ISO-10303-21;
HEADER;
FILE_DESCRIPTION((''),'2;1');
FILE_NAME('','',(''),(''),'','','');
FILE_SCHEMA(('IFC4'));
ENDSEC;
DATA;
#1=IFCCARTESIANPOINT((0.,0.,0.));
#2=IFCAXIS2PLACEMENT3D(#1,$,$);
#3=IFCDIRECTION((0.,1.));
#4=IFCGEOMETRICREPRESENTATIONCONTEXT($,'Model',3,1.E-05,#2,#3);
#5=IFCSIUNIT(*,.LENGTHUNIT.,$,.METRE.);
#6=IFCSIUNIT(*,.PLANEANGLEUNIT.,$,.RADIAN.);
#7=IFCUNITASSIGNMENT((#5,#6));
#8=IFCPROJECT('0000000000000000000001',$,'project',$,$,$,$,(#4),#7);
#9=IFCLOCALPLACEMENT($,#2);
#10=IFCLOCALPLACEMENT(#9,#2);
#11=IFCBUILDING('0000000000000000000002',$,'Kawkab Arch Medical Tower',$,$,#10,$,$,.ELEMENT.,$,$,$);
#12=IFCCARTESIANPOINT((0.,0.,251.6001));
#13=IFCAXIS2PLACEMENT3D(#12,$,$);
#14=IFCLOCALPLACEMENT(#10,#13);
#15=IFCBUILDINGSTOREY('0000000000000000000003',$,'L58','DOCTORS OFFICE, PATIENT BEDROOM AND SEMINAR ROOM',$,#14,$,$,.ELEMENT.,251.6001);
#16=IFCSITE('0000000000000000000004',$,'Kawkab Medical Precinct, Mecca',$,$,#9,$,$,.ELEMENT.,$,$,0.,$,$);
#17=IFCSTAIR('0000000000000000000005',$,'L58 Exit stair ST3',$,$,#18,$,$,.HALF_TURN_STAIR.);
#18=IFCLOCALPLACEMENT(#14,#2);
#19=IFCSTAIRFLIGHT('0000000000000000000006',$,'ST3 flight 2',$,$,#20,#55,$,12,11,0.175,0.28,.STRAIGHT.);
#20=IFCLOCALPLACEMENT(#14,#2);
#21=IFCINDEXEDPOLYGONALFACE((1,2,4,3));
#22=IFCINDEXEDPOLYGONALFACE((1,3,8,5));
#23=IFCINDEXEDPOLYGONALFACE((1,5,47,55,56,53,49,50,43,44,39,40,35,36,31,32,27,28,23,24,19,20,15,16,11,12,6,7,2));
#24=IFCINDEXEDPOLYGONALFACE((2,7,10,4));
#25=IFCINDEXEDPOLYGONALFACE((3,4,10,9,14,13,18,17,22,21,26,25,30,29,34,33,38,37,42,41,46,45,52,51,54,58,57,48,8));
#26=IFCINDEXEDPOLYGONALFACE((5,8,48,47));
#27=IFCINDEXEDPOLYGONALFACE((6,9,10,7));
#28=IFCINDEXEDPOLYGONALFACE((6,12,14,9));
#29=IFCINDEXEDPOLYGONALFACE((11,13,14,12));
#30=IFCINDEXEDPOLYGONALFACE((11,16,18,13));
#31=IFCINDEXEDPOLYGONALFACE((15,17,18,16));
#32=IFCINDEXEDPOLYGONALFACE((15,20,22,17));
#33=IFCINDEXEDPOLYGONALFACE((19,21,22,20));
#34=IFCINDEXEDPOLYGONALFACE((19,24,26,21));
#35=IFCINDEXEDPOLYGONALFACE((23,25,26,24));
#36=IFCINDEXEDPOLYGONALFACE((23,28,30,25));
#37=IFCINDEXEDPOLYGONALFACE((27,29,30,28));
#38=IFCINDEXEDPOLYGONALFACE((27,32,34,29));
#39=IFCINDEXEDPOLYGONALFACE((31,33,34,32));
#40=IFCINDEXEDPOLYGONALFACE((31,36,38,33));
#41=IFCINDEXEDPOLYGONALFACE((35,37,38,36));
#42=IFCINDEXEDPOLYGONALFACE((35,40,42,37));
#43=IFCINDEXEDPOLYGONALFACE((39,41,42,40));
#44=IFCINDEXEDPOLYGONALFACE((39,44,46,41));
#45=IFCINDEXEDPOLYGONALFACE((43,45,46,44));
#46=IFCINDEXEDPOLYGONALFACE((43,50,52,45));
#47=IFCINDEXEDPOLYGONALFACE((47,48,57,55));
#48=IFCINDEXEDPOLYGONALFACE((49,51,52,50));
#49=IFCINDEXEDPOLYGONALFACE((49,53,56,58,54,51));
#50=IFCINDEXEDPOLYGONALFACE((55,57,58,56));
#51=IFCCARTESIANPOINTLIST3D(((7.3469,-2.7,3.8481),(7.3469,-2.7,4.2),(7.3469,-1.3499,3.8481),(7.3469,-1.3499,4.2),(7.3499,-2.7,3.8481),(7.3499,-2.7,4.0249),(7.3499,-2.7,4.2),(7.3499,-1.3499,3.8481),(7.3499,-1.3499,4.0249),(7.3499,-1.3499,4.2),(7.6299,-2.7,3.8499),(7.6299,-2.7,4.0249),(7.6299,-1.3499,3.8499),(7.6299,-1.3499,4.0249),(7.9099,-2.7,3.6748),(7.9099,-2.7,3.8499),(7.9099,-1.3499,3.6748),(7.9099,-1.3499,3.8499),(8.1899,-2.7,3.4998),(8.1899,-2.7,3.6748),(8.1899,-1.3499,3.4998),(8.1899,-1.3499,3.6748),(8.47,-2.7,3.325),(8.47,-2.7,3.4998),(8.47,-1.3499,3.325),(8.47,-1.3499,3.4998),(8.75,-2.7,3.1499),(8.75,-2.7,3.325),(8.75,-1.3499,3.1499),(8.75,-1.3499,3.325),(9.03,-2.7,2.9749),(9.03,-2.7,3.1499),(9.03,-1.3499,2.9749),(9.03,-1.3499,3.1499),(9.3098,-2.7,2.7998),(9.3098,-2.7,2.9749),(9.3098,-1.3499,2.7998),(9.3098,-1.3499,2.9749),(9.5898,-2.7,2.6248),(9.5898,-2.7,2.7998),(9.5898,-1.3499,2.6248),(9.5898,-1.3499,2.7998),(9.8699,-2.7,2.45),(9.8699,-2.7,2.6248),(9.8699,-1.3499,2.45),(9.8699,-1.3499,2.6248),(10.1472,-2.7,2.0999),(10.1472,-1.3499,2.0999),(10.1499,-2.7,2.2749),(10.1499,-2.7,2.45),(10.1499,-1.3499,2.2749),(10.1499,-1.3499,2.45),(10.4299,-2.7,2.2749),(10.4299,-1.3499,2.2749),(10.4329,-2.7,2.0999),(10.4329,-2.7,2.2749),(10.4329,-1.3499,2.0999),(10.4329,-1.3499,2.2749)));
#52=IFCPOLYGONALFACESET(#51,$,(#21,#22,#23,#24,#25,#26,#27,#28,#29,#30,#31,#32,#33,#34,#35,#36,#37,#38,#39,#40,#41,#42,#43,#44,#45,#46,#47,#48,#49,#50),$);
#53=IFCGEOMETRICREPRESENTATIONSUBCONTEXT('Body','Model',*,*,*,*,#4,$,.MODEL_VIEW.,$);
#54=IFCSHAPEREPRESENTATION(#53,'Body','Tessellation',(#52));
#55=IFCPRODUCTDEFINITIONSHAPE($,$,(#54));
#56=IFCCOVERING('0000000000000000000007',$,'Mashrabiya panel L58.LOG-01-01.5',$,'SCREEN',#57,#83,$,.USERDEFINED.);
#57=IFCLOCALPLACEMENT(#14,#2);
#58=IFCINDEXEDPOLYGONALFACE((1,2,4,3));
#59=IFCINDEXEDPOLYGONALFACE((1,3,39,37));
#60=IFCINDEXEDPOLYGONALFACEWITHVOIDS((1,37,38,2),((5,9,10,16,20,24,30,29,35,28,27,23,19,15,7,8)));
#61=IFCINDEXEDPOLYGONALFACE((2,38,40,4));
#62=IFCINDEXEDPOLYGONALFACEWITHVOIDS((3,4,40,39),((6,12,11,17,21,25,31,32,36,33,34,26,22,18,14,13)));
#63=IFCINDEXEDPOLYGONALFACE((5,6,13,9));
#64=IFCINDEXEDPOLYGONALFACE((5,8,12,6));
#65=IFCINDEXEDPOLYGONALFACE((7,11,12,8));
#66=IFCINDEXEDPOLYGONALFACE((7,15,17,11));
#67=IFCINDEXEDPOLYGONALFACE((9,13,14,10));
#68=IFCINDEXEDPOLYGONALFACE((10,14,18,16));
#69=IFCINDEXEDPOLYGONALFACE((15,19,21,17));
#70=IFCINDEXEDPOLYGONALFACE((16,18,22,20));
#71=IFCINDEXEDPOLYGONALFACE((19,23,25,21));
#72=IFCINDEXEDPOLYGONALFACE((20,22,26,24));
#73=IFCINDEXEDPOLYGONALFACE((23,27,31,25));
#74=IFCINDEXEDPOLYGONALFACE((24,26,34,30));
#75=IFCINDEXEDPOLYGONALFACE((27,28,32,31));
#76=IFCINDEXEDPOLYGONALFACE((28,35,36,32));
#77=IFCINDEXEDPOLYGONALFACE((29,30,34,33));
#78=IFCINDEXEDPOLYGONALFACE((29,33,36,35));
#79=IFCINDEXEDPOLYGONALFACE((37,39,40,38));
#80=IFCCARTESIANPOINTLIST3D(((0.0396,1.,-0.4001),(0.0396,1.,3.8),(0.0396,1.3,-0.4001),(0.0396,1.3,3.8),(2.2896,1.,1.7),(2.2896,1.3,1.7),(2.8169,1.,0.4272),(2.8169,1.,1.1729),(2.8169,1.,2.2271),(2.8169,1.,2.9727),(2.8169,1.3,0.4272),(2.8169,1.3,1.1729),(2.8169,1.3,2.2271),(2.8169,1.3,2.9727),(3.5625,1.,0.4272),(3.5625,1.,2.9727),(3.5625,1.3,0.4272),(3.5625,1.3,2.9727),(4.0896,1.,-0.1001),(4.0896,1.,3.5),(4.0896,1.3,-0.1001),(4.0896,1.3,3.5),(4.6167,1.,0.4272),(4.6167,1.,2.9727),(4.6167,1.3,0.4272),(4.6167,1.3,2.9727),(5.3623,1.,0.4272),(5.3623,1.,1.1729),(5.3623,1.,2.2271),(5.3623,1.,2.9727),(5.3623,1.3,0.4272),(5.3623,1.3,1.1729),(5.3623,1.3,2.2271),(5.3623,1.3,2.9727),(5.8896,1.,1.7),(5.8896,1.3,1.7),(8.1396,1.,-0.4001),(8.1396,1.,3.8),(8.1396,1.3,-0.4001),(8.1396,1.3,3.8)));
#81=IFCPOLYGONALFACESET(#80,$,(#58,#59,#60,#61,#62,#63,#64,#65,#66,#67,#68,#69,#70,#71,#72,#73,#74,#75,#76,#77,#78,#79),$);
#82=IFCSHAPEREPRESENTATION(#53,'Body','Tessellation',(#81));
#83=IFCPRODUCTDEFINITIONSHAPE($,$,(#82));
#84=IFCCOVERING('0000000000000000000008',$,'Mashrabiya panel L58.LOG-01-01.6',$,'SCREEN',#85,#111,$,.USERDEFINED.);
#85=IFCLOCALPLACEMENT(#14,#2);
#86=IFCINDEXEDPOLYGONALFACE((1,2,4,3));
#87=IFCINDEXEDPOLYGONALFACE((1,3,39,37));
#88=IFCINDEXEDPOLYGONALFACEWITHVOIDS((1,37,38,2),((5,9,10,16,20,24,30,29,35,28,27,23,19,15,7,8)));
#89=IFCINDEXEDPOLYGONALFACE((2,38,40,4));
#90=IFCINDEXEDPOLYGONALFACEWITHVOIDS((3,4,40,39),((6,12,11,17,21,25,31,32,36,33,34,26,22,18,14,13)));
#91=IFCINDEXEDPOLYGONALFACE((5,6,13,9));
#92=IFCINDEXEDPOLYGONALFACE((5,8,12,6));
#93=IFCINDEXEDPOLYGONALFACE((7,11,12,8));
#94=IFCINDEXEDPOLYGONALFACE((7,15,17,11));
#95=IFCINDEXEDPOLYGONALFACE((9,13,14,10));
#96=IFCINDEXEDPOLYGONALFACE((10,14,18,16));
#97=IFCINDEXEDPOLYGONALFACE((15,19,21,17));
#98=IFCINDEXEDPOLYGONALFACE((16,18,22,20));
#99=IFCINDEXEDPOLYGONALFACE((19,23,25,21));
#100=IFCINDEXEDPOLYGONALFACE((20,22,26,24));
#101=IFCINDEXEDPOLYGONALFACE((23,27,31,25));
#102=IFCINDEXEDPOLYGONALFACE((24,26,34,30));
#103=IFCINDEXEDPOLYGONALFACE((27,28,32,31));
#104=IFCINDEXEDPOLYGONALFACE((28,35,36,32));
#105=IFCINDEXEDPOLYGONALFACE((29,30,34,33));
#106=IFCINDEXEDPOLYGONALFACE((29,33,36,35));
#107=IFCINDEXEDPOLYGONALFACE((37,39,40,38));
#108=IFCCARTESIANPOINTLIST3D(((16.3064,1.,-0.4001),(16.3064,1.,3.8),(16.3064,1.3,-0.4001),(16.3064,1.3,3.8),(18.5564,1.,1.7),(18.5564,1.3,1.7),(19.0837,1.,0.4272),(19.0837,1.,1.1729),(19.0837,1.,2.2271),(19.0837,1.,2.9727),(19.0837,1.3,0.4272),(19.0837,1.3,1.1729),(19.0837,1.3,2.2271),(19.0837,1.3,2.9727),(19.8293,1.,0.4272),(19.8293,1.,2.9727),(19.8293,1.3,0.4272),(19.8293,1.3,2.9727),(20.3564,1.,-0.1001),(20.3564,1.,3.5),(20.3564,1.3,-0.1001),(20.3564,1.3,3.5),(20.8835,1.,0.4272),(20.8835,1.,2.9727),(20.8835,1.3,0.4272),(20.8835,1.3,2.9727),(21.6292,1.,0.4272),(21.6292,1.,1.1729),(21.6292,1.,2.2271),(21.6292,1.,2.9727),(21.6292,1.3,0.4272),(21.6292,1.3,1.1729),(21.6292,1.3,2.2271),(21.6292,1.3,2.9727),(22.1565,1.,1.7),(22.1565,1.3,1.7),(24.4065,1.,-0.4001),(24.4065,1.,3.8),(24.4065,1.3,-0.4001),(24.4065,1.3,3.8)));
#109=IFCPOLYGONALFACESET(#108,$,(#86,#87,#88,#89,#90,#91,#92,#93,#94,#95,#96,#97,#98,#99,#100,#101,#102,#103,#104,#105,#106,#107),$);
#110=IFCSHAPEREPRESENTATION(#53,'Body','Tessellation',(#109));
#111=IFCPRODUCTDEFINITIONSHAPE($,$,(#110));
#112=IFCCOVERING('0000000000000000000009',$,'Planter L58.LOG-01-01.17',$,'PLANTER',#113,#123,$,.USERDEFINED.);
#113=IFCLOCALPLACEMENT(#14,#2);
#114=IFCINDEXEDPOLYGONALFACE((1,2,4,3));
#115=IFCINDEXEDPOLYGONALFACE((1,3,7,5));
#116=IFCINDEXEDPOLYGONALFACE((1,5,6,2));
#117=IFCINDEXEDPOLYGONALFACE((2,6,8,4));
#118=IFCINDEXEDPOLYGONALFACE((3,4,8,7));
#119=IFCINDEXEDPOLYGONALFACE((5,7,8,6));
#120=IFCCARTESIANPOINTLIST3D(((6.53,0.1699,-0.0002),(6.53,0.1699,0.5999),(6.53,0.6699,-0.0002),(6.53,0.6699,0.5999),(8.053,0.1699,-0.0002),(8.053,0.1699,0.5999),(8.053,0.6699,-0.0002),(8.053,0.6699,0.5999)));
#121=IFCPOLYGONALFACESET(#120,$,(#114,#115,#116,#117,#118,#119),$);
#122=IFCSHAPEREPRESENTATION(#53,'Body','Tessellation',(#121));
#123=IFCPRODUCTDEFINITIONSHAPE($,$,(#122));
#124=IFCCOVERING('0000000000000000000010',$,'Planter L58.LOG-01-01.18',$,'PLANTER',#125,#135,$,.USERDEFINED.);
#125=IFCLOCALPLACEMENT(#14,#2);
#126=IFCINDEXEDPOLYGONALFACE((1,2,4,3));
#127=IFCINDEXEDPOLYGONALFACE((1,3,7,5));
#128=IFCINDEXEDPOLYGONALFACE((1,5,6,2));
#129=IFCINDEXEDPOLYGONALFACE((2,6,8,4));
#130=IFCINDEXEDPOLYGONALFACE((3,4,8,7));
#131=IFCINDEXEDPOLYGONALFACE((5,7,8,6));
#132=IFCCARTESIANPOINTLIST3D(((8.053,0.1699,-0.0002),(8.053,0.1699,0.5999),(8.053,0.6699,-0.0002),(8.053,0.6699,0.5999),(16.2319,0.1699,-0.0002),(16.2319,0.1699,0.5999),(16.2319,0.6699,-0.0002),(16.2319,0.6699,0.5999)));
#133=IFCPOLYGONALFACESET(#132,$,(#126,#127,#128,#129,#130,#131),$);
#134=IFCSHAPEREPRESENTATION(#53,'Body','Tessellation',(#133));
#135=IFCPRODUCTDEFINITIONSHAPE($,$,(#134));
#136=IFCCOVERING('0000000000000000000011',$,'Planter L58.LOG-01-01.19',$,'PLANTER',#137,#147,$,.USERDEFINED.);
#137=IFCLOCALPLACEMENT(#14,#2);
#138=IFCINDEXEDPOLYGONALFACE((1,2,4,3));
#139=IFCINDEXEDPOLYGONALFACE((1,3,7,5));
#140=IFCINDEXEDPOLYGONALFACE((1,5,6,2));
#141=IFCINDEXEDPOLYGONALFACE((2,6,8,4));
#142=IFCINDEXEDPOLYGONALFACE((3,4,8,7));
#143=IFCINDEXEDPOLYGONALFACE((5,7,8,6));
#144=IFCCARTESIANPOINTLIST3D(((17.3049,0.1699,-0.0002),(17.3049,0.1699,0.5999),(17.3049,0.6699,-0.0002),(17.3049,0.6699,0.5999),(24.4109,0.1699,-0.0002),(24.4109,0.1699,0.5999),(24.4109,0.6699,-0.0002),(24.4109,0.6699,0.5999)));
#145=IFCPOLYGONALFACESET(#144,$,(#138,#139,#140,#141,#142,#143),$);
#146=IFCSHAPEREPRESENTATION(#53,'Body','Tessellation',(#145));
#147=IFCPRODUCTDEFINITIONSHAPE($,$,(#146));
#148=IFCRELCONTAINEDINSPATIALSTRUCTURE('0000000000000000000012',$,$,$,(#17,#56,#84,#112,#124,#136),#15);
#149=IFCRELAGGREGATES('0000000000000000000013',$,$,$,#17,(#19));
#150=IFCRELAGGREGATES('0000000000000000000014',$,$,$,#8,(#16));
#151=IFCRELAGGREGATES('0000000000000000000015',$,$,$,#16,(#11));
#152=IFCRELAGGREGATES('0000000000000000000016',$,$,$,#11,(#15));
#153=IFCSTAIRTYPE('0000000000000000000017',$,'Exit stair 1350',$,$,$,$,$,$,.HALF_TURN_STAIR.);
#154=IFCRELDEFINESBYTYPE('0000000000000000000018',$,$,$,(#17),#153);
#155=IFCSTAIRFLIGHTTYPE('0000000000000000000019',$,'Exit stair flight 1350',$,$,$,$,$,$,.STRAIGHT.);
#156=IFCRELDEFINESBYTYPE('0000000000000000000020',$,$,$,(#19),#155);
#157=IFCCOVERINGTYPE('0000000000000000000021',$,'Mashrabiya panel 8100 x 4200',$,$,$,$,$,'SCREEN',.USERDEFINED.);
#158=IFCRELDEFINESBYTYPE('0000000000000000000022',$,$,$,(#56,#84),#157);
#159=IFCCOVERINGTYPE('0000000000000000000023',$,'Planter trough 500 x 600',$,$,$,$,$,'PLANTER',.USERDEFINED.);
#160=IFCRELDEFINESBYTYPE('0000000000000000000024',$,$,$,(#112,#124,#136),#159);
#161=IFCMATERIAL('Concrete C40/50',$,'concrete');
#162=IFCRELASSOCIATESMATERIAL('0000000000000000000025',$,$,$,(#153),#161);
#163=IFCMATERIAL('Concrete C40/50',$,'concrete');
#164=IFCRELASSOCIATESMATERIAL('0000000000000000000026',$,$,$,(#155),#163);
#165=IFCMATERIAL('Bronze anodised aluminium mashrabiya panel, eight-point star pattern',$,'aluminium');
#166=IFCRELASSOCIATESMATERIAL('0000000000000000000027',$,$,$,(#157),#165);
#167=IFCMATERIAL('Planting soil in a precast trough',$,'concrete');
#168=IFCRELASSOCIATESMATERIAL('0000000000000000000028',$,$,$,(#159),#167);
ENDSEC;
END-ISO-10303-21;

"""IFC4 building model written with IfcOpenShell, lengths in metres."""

from ifc_helpers import new_model, si_unit, direction, frame, origin, origin_2d, place, context, subcontext, project, spatial, polyline, rectangle, outline, extrude, material, material_profile, profile_set, type_object, element, aggregate, save


model = new_model("IFC4")

# Units and contexts
model_context = context("Model", 3, precision=1e-05, world=origin(), true_north=direction((0.0, 1.0)))
body_context = subcontext(model_context, "Body", "Model", "MODEL_VIEW")
ifc_project = project(units=[si_unit("LENGTHUNIT", "METRE"), si_unit("PLANEANGLEUNIT", "RADIAN")], contexts=[model_context])

# Site, building, storey
site_placement = place(None, origin())
site = spatial("IfcSite", under=ifc_project, at=site_placement, Name="Kawkab Medical Precinct, Mecca", CompositionType="ELEMENT", RefElevation=0.0)
building_placement = place(site_placement, origin())
building = spatial("IfcBuilding", under=site, at=building_placement, Name="Kawkab Arch Medical Tower", CompositionType="ELEMENT")
storey_placement = place(building_placement, frame((0.0, 0.0, 251.6001)))
storey = spatial("IfcBuildingStorey", under=building, at=storey_placement, Name="L58", Description="DOCTORS OFFICE, PATIENT BEDROOM AND SEMINAR ROOM", CompositionType="ELEMENT", Elevation=251.6001)

# Shared definitions
placement = place(storey_placement, origin())

# Stair, stair flight
ifc_material_1 = material(Name="Concrete C40/50", Category="concrete")
stair_type = type_object("IfcStairType", Name="Exit stair 1350", PredefinedType="HALF_TURN_STAIR", material=ifc_material_1)
stair = element("IfcStair", 1, at=placement, inside=storey, type_object=stair_type, Name="L58 Exit stair ST3", PredefinedType="HALF_TURN_STAIR")
ifc_material_2 = material(Name="Concrete C40/50", Category="concrete")
stair_flight_type = type_object("IfcStairFlightType", Name="Exit stair flight 1350", PredefinedType="STRAIGHT", material=ifc_material_2)
stair_flight_placement = place(storey_placement, frame((10.4299, -2.0249, 2.0999), z_axis=(0.0, 0.0, 1.0), x_axis=(-1.0, 0.0, 0.0)))
stair_flight = element("IfcStairFlight", 2, at=stair_flight_placement, type_object=stair_flight_type, Name="ST3 flight 2", NumberOfRisers=12, NumberOfTreads=11, PredefinedType="STRAIGHT", RiserHeight=0.175, TreadLength=0.28, context=body_context, shape_type="SweptSolid", body=[
    extrude(outline(polyline([(-0.0029, 0.0), (-0.0029, 0.175), (0.0, 0.175), (0.28, 0.175), (0.28, 0.3501), (0.5601, 0.3501), (0.5601, 0.5249), (0.8401, 0.5249), (0.8401, 0.7), (1.1201, 0.7), (1.1201, 0.875), (1.3999, 0.875), (1.3999, 1.05), (1.6799, 1.05), (1.6799, 1.2251), (1.96, 1.2251), (1.96, 1.3999), (2.24, 1.3999), (2.24, 1.575), (2.52, 1.575), (2.52, 1.75), (2.8, 1.75), (2.8, 1.925), (3.0801, 1.925), (3.0801, 2.1001), (3.083, 2.1001), (3.083, 1.7483), (3.0801, 1.7483), (0.2827, 0.0), (-0.0029, 0.0)])), frame((0.0, 0.675, 0.0), z_axis=(0.0, -1.0, 0.0), x_axis=(1.0, 0.0, 0.0)), (0.0, 0.0, 1.0), 1.3501),
])
aggregate(stair, [stair_flight])

# Coverings
ifc_material_3 = material(Name="Bronze anodised aluminium mashrabiya panel, eight-point star pattern", Category="aluminium")
ifc_material_profile_1 = material_profile(ifc_material_3, outline(polyline([(-4.05, -2.1001), (4.05, -2.1001), (4.05, 2.1001), (-4.05, 2.1001), (-4.05, -2.1001)]), holes=[polyline([(1.8, 0.0), (1.2727, 0.5271), (1.2727, 1.2727), (0.5271, 1.2727), (0.0, 1.8), (-0.5271, 1.2727), (-1.2727, 1.2727), (-1.2727, 0.5271), (-1.8, 0.0), (-1.2727, -0.5271), (-1.2727, -1.2727), (-0.5271, -1.2727), (0.0, -1.8), (0.5271, -1.2727), (1.2727, -1.2727), (1.2727, -0.5271), (1.8, 0.0)])]), Name="Mashrabiya panel 8100x4200")
ifc_profile_set_1 = profile_set([ifc_material_profile_1], Name="Bronze anodised aluminium mashrabiya panel, eight-point star pattern")
covering_type_1 = type_object("IfcCoveringType", Name="Mashrabiya panel 8100 x 4200", ElementType="SCREEN", PredefinedType="USERDEFINED", material=ifc_profile_set_1)
for number, where, z_axis, x_axis, name in (
    (3, (4.0896, 1.0, 1.7), (0.0, 1.0, 0.0), (-1.0, 0.0, 0.0), "Mashrabiya panel L58.LOG-01-01.5"),
    (4, (20.3564, 1.0, 1.7), (0.0, 1.0, 0.0), (-1.0, 0.0, 0.0), "Mashrabiya panel L58.LOG-01-01.6"),
):
    element("IfcCovering", number, at=place(storey_placement, frame(where, z_axis=z_axis, x_axis=x_axis)), inside=storey, type_object=covering_type_1, Name=name, ObjectType="SCREEN", PredefinedType="USERDEFINED", context=body_context, shape_type="SweptSolid", body=[
        extrude(outline(polyline([(-4.05, -2.1001), (4.05, -2.1001), (4.05, 2.1001), (-4.05, 2.1001), (-4.05, -2.1001)]), holes=[polyline([(1.8, 0.0), (1.2727, 0.5271), (1.2727, 1.2727), (0.5271, 1.2727), (0.0, 1.8), (-0.5271, 1.2727), (-1.2727, 1.2727), (-1.2727, 0.5271), (-1.8, 0.0), (-1.2727, -0.5271), (-1.2727, -1.2727), (-0.5271, -1.2727), (0.0, -1.8), (0.5271, -1.2727), (1.2727, -1.2727), (1.2727, -0.5271), (1.8, 0.0)])]), origin(), (0.0, 0.0, 1.0), 0.3),
    ])
ifc_material_4 = material(Name="Planting soil in a precast trough", Category="concrete")
ifc_material_profile_2 = material_profile(ifc_material_4, rectangle(XDim=0.5, YDim=0.6001, at=origin_2d()), Name="Trough 500x600")
ifc_profile_set_2 = profile_set([ifc_material_profile_2], Name="Planting soil in a precast trough")
covering_type_2 = type_object("IfcCoveringType", Name="Planter trough 500 x 600", ElementType="PLANTER", PredefinedType="USERDEFINED", material=ifc_profile_set_2)
covering_1_placement = place(storey_placement, frame((6.53, 0.4199, 0.2998), z_axis=(1.0, 0.0, 0.0), x_axis=(0.0, 1.0, 0.0)))
element("IfcCovering", 5, at=covering_1_placement, inside=storey, type_object=covering_type_2, Name="Planter L58.LOG-01-01.17", ObjectType="PLANTER", PredefinedType="USERDEFINED", context=body_context, shape_type="SweptSolid", body=[
    extrude(rectangle(XDim=0.5, YDim=0.6001, at=origin_2d()), origin(), (0.0, 0.0, 1.0), 1.5229),
])
covering_2_placement = place(storey_placement, frame((8.053, 0.4199, 0.2998), z_axis=(1.0, 0.0, 0.0), x_axis=(0.0, 1.0, 0.0)))
element("IfcCovering", 6, at=covering_2_placement, inside=storey, type_object=covering_type_2, Name="Planter L58.LOG-01-01.18", ObjectType="PLANTER", PredefinedType="USERDEFINED", context=body_context, shape_type="SweptSolid", body=[
    extrude(rectangle(XDim=0.5, YDim=0.6001, at=origin_2d()), origin(), (0.0, 0.0, 1.0), 8.179),
])
covering_3_placement = place(storey_placement, frame((17.3049, 0.4199, 0.2998), z_axis=(1.0, 0.0, 0.0), x_axis=(0.0, 1.0, 0.0)))
element("IfcCovering", 7, at=covering_3_placement, inside=storey, type_object=covering_type_2, Name="Planter L58.LOG-01-01.19", ObjectType="PLANTER", PredefinedType="USERDEFINED", context=body_context, shape_type="SweptSolid", body=[
    extrude(rectangle(XDim=0.5, YDim=0.6001, at=origin_2d()), origin(), (0.0, 0.0, 1.0), 7.106),
])

save(model, "model.ifc")
